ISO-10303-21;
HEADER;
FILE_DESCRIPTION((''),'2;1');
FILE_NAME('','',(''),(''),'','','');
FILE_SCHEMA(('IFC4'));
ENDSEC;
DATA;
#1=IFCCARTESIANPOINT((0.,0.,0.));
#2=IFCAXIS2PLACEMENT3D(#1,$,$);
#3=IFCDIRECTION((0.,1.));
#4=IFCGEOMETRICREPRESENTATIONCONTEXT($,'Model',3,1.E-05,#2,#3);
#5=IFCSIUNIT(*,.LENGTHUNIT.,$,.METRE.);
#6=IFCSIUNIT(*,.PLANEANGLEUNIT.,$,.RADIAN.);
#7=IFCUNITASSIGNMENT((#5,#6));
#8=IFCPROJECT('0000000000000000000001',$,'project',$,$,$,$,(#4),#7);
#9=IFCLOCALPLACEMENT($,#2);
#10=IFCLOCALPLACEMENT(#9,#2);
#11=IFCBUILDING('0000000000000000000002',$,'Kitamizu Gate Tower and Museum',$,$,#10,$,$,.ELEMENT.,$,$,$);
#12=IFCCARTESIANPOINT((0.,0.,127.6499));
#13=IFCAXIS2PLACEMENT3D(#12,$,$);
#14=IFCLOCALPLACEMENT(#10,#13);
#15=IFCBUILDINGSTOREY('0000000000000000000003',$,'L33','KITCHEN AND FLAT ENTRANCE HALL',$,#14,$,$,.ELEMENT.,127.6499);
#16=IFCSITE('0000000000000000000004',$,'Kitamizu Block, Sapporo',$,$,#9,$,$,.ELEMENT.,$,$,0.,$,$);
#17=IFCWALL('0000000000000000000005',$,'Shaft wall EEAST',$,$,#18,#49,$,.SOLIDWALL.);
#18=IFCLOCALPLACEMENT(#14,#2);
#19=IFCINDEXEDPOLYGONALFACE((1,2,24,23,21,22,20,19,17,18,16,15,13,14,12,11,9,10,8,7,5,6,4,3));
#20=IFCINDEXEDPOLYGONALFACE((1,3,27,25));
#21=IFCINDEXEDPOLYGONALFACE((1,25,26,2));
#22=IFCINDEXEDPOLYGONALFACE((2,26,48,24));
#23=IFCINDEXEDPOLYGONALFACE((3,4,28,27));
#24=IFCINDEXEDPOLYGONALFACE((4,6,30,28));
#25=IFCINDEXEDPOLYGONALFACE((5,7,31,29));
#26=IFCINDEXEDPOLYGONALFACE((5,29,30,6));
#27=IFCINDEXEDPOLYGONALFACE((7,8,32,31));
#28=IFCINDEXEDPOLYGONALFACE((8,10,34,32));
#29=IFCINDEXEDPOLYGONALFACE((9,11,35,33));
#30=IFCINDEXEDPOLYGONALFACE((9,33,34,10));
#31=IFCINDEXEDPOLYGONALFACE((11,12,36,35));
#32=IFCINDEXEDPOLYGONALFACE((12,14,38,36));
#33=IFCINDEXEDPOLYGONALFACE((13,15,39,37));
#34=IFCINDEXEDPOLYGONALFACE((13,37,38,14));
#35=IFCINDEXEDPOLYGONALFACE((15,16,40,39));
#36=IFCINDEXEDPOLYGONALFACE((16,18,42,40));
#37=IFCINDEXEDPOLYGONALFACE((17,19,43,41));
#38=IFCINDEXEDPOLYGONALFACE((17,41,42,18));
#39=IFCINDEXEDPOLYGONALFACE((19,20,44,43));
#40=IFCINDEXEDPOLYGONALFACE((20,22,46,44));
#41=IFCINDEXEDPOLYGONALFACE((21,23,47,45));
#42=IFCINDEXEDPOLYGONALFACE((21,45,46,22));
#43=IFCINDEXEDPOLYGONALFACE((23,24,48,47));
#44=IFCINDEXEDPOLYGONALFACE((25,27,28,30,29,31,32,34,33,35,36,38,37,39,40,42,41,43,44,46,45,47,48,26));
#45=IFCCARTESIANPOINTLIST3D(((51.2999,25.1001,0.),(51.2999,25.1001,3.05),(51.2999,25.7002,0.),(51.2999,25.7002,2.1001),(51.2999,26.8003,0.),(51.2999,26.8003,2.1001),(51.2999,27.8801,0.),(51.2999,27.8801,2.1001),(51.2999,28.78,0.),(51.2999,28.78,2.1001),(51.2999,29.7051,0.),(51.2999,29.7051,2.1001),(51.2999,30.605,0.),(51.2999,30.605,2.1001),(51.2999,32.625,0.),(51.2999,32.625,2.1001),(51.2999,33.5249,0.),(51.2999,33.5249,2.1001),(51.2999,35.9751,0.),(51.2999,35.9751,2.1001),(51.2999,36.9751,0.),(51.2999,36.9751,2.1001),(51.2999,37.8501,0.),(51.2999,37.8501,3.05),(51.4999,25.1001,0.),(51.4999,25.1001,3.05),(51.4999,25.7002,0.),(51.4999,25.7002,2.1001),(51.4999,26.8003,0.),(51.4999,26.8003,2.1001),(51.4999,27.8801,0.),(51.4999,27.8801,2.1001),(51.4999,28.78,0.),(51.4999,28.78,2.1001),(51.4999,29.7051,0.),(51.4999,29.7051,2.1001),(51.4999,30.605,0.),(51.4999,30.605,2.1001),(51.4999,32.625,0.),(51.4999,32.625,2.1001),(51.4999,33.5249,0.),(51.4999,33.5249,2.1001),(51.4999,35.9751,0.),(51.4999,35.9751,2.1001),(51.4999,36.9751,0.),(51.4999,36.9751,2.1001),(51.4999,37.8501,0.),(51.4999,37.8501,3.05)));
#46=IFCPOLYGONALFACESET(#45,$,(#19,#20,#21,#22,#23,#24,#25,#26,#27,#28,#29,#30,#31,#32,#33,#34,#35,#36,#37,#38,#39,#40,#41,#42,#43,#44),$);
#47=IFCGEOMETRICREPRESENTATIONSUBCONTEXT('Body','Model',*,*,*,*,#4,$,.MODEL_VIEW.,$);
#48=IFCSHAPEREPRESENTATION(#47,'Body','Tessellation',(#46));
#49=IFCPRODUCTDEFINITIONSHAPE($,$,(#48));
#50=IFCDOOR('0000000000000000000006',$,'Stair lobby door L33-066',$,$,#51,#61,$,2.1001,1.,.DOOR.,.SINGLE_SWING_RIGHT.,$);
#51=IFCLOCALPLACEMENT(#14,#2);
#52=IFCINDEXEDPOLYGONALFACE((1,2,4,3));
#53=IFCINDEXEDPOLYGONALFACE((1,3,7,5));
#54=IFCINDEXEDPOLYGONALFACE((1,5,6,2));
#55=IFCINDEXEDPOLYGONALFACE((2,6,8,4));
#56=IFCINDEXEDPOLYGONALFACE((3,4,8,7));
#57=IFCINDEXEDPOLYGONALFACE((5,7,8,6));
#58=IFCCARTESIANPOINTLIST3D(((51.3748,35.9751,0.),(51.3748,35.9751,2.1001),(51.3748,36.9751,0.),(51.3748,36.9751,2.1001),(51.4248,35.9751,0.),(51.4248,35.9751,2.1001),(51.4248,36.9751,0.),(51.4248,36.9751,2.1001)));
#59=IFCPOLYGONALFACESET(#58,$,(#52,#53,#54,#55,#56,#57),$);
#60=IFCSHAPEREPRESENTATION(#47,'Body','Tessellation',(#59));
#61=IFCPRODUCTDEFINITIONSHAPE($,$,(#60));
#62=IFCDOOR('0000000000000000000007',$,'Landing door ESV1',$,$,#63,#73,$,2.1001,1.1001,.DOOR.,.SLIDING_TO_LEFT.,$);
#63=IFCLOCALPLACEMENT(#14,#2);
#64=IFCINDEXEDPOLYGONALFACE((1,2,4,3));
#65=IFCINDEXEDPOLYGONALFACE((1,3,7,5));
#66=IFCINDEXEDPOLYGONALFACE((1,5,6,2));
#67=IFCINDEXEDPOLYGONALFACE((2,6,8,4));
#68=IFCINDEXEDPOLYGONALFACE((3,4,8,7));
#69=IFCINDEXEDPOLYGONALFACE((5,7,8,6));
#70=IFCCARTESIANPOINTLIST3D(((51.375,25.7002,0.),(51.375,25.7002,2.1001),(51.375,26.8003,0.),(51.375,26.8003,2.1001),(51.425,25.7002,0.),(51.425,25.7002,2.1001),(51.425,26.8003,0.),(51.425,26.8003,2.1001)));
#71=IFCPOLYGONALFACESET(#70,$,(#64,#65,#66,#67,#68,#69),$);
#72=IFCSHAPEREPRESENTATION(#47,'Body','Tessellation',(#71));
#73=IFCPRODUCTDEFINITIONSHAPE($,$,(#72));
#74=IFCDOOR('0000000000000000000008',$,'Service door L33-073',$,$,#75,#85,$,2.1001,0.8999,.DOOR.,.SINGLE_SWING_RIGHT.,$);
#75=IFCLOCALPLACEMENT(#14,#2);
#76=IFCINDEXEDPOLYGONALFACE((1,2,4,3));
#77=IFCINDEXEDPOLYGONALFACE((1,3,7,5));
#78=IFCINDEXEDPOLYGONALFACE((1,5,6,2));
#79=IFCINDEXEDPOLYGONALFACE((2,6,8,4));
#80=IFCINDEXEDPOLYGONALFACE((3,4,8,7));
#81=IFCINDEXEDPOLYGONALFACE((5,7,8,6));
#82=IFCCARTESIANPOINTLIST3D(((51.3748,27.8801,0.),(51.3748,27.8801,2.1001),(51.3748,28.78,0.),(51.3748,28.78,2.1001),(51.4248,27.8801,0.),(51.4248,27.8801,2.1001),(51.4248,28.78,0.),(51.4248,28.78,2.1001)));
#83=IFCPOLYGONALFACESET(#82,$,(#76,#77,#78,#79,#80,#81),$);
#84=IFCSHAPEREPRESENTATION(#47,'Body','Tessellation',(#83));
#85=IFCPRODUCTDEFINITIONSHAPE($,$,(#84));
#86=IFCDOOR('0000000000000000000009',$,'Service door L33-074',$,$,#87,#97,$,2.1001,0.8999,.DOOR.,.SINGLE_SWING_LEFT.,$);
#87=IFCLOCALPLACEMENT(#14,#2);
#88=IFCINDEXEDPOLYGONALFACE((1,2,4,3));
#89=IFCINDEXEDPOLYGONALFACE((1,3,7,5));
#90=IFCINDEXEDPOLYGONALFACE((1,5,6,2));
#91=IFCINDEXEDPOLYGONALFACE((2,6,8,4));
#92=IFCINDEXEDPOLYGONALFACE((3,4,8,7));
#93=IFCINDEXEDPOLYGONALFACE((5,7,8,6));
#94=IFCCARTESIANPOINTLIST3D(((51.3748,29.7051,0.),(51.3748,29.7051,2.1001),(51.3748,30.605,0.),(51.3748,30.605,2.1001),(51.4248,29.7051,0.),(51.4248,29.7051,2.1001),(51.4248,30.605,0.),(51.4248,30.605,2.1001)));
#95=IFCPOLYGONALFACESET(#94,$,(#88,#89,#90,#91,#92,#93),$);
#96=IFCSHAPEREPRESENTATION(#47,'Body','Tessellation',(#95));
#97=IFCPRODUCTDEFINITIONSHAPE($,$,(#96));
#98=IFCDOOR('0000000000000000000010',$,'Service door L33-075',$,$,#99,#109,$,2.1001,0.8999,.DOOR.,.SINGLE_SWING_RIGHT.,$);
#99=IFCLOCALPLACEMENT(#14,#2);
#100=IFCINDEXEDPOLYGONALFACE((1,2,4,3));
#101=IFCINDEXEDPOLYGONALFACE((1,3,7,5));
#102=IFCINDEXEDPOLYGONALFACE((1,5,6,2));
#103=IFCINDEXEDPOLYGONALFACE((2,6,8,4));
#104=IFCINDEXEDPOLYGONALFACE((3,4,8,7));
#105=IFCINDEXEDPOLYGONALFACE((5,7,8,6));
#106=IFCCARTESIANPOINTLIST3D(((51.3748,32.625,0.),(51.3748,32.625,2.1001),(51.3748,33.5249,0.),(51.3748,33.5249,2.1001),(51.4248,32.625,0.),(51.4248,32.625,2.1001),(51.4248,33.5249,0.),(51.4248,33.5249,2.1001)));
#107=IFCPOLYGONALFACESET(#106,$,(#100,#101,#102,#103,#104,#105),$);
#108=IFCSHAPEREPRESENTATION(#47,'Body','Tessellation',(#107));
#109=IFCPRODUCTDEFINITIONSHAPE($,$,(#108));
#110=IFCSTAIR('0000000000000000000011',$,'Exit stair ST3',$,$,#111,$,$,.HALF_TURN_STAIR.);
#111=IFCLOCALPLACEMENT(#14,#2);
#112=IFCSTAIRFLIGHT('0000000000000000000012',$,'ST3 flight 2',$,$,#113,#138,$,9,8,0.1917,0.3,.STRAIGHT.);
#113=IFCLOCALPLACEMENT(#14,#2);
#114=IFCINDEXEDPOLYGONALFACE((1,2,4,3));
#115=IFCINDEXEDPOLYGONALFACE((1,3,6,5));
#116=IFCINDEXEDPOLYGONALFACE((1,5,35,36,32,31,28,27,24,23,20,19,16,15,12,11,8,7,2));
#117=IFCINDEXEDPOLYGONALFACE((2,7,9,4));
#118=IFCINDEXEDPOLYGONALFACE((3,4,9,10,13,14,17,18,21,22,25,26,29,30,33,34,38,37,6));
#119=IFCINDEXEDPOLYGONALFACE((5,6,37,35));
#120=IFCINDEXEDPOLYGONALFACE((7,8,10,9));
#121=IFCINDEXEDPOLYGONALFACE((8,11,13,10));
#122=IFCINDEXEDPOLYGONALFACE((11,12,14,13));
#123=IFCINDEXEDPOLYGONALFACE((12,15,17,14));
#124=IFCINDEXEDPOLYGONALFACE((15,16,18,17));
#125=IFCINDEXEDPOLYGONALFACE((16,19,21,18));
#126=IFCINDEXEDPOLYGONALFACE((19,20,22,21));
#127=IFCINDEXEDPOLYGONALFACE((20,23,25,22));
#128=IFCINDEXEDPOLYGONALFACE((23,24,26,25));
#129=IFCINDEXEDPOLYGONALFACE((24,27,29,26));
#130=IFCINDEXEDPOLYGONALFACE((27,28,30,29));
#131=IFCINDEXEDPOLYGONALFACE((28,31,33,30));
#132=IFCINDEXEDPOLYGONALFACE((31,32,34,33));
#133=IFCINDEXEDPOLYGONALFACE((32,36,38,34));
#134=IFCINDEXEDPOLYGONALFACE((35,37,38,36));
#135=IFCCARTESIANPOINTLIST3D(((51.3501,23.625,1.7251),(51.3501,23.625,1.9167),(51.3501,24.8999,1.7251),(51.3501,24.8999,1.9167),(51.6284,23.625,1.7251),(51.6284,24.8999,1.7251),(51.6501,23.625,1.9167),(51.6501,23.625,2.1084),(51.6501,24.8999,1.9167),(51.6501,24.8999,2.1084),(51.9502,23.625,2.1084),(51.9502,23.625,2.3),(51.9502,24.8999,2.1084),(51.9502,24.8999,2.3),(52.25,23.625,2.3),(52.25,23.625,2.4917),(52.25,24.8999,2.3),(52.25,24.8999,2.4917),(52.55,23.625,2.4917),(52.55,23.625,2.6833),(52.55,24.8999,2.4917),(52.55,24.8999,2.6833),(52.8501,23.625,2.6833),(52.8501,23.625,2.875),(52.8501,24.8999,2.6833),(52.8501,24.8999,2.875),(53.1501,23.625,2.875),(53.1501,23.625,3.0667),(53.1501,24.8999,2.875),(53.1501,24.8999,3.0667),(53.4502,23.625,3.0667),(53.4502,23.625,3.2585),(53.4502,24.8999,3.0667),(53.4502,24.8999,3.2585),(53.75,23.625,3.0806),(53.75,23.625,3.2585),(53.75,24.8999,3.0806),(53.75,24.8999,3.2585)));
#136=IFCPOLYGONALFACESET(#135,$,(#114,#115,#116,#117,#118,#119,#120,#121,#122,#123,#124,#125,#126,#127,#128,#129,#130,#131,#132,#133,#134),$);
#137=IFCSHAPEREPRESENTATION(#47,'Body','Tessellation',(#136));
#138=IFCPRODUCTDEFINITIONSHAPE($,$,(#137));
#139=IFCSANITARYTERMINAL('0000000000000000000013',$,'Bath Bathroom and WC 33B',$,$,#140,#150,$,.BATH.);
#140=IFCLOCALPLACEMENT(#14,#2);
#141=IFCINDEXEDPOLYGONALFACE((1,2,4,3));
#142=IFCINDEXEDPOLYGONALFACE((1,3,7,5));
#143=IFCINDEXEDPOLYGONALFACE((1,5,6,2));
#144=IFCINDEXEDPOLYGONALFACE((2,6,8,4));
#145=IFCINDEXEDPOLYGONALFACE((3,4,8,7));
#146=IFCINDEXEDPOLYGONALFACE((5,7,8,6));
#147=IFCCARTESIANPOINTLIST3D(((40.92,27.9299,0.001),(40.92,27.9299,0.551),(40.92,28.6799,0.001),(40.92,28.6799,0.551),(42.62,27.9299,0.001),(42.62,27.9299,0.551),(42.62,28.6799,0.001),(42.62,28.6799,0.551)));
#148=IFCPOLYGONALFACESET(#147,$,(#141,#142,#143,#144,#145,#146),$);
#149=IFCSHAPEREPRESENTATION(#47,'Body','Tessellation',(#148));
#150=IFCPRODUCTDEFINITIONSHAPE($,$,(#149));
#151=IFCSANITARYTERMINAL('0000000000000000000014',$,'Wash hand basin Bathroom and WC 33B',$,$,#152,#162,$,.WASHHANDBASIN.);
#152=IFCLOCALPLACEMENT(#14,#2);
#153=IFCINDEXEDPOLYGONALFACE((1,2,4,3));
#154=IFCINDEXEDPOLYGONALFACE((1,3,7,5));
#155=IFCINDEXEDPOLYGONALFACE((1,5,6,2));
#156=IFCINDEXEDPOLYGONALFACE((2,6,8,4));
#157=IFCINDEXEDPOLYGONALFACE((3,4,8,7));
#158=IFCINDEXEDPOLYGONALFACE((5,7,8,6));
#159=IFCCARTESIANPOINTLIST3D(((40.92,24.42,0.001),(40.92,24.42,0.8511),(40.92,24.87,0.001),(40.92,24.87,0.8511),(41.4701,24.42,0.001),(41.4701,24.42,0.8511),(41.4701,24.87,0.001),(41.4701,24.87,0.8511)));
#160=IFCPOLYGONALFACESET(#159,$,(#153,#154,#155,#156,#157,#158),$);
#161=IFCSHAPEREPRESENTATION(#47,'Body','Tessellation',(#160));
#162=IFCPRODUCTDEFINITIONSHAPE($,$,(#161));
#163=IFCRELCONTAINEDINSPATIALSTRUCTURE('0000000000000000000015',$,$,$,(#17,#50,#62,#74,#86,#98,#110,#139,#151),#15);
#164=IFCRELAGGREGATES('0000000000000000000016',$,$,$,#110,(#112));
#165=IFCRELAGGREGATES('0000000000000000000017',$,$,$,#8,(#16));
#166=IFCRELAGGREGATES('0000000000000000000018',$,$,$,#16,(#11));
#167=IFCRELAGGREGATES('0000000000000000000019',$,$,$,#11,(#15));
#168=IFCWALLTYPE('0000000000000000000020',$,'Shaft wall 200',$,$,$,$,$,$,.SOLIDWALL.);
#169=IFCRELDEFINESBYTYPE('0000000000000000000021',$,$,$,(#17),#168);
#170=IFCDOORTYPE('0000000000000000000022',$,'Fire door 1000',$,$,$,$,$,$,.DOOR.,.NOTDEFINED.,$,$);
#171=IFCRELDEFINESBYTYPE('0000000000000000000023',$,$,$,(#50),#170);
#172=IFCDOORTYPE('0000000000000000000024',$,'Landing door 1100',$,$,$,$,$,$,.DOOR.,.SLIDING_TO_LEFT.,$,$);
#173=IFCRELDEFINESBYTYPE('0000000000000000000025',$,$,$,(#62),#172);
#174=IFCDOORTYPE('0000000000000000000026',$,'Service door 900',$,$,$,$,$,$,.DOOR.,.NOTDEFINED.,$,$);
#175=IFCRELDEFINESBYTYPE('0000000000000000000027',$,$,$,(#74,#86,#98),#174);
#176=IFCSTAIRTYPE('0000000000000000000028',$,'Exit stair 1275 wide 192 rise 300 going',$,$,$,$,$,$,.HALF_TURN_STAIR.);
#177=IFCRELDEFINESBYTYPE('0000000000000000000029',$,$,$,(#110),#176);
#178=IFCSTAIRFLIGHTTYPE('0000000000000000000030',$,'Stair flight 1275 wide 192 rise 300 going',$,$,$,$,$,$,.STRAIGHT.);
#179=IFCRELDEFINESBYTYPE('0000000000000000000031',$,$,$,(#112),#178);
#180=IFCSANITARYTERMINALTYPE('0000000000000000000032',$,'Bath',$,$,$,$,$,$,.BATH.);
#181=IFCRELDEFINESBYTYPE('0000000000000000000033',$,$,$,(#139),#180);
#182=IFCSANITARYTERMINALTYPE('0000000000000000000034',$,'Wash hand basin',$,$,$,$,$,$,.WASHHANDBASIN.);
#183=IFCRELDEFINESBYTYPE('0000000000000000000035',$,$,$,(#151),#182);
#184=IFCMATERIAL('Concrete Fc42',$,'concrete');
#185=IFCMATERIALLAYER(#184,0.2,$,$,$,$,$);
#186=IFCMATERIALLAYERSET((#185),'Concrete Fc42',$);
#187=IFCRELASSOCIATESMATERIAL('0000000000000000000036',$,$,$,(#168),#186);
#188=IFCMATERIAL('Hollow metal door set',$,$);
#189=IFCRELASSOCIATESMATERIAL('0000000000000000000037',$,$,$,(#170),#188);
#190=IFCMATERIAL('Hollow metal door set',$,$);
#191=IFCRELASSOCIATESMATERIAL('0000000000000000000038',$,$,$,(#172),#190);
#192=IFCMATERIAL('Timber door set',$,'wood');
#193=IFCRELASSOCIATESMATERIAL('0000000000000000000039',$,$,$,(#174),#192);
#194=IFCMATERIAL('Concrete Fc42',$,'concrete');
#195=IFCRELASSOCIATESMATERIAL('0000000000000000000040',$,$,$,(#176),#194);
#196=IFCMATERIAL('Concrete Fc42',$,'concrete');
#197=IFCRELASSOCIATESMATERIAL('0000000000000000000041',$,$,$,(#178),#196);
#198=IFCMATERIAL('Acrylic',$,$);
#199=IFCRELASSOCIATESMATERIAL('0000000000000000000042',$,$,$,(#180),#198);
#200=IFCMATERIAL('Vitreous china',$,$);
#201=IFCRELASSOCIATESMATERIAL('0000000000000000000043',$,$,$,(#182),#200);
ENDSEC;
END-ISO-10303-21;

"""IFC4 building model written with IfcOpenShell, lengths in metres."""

from ifc_helpers import new_model, si_unit, direction, frame, frame_2d, origin, origin_2d, place, context, subcontext, project, spatial, polyline, rectangle, outline, extrude, material, layer, layer_set, type_object, element, fill, aggregate, save


model = new_model("IFC4")

# Units and contexts
model_context = context("Model", 3, precision=1e-05, world=origin(), true_north=direction((0.0, 1.0)))
body_context = subcontext(model_context, "Body", "Model", "MODEL_VIEW")
ifc_project = project(units=[si_unit("LENGTHUNIT", "METRE"), si_unit("PLANEANGLEUNIT", "RADIAN")], contexts=[model_context])

# Site, building, storey
site_placement = place(None, origin())
site = spatial("IfcSite", under=ifc_project, at=site_placement, Name="Kitamizu Block, Sapporo", CompositionType="ELEMENT", RefElevation=0.0)
building_placement = place(site_placement, origin())
building = spatial("IfcBuilding", under=site, at=building_placement, Name="Kitamizu Gate Tower and Museum", CompositionType="ELEMENT")
storey_placement = place(building_placement, frame((0.0, 0.0, 127.6499)))
storey = spatial("IfcBuildingStorey", under=building, at=storey_placement, Name="L33", Description="KITCHEN AND FLAT ENTRANCE HALL", CompositionType="ELEMENT", Elevation=127.6499)

# Wall, openings, doors
ifc_material_1 = material(Name="Concrete Fc42", Category="concrete")
ifc_layer_1 = layer(ifc_material_1, 0.2)
ifc_layer_set_1 = layer_set([ifc_layer_1], Name="Concrete Fc42")
wall_type_1 = type_object("IfcWallType", Name="Shaft wall 200", PredefinedType="SOLIDWALL", material=ifc_layer_set_1)
wall_1_placement = place(storey_placement, frame((51.3999, 25.1001, 0.0), z_axis=(0.0, 0.0, 1.0), x_axis=(0.0, 1.0, 0.0)))
wall_1 = element("IfcWall", 1, at=wall_1_placement, inside=storey, type_object=wall_type_1, Name="Shaft wall EEAST", PredefinedType="SOLIDWALL", context=body_context, shape_type="SweptSolid", body=[
    extrude(rectangle(XDim=12.75, YDim=0.2, at=frame_2d((6.375, 0.0))), origin(), (0.0, 0.0, 1.0), 3.05),
])
opening_1_placement = place(wall_1_placement, frame((0.6001, 0.0, 0.0)))
opening_1 = element("IfcOpeningElement", 2, at=opening_1_placement, cuts=wall_1, PredefinedType="OPENING", context=body_context, shape_type="SweptSolid", body=[
    extrude(rectangle(XDim=1.1001, YDim=2.1001, at=frame_2d((0.55, 1.05))), frame((0.0, 0.1099, 0.0), z_axis=(0.0, -1.0, 0.0), x_axis=(1.0, 0.0, 0.0)), (0.0, 0.0, 1.0), 0.22),
])
opening_2_placement = place(wall_1_placement, frame((10.875, 0.0, 0.0)))
opening_2 = element("IfcOpeningElement", 3, at=opening_2_placement, cuts=wall_1, PredefinedType="OPENING", context=body_context, shape_type="SweptSolid", body=[
    extrude(rectangle(XDim=1.0, YDim=2.1001, at=frame_2d((0.5, 1.05))), frame((0.0, 0.1099, 0.0), z_axis=(0.0, -1.0, 0.0), x_axis=(1.0, 0.0, 0.0)), (0.0, 0.0, 1.0), 0.22),
])
opening_3_placement = place(wall_1_placement, frame((2.78, 0.0, 0.0)))
opening_3 = element("IfcOpeningElement", 4, at=opening_3_placement, cuts=wall_1, PredefinedType="OPENING", context=body_context, shape_type="SweptSolid", body=[
    extrude(rectangle(XDim=0.8999, YDim=2.1001, at=frame_2d((0.45, 1.05))), frame((0.0, 0.1099, 0.0), z_axis=(0.0, -1.0, 0.0), x_axis=(1.0, 0.0, 0.0)), (0.0, 0.0, 1.0), 0.22),
])
opening_4_placement = place(wall_1_placement, frame((4.605, 0.0, 0.0)))
opening_4 = element("IfcOpeningElement", 5, at=opening_4_placement, cuts=wall_1, PredefinedType="OPENING", context=body_context, shape_type="SweptSolid", body=[
    extrude(rectangle(XDim=0.8999, YDim=2.1001, at=frame_2d((0.45, 1.05))), frame((0.0, 0.1099, 0.0), z_axis=(0.0, -1.0, 0.0), x_axis=(1.0, 0.0, 0.0)), (0.0, 0.0, 1.0), 0.22),
])
opening_5_placement = place(wall_1_placement, frame((7.5249, 0.0, 0.0)))
opening_5 = element("IfcOpeningElement", 6, at=opening_5_placement, cuts=wall_1, PredefinedType="OPENING", context=body_context, shape_type="SweptSolid", body=[
    extrude(rectangle(XDim=0.8999, YDim=2.1001, at=frame_2d((0.45, 1.05))), frame((0.0, 0.1099, 0.0), z_axis=(0.0, -1.0, 0.0), x_axis=(1.0, 0.0, 0.0)), (0.0, 0.0, 1.0), 0.22),
])
ifc_material_2 = material(Name="Hollow metal door set")
door_type_1 = type_object("IfcDoorType", Name="Fire door 1000", OperationType="NOTDEFINED", PredefinedType="DOOR", material=ifc_material_2)
door_1_placement = place(opening_2_placement, frame((1.0, 0.0, 0.0), x_axis=(-1.0, 0.0, 0.0)))
door_1 = element("IfcDoor", 7, at=door_1_placement, inside=storey, type_object=door_type_1, Name="Stair lobby door L33-066", OperationType="SINGLE_SWING_RIGHT", OverallHeight=2.1001, OverallWidth=1.0, PredefinedType="DOOR", context=body_context, shape_type="SweptSolid", body=[
    extrude(rectangle(XDim=1.0, YDim=2.1001, at=frame_2d((0.5, 1.05))), frame((0.0, 0.0249, 0.0), z_axis=(0.0, -1.0, 0.0), x_axis=(1.0, 0.0, 0.0)), (0.0, 0.0, 1.0), 0.05),
])
fill(opening_2, door_1)
ifc_material_3 = material(Name="Hollow metal door set")
door_type_2 = type_object("IfcDoorType", Name="Landing door 1100", OperationType="SLIDING_TO_LEFT", PredefinedType="DOOR", material=ifc_material_3)
door_2_placement = place(opening_1_placement, origin())
door_2 = element("IfcDoor", 8, at=door_2_placement, inside=storey, type_object=door_type_2, Name="Landing door ESV1", OperationType="SLIDING_TO_LEFT", OverallHeight=2.1001, OverallWidth=1.1001, PredefinedType="DOOR", context=body_context, shape_type="SweptSolid", body=[
    extrude(rectangle(XDim=1.1001, YDim=2.1001, at=frame_2d((0.55, 1.05))), frame((0.0, 0.0249, 0.0), z_axis=(0.0, -1.0, 0.0), x_axis=(1.0, 0.0, 0.0)), (0.0, 0.0, 1.0), 0.05),
])
fill(opening_1, door_2)
ifc_material_4 = material(Name="Timber door set", Category="wood")
door_type_3 = type_object("IfcDoorType", Name="Service door 900", OperationType="NOTDEFINED", PredefinedType="DOOR", material=ifc_material_4)
door_3_placement = place(opening_3_placement, frame((0.8999, 0.0, 0.0), x_axis=(-1.0, 0.0, 0.0)))
door_3 = element("IfcDoor", 9, at=door_3_placement, inside=storey, type_object=door_type_3, Name="Service door L33-073", OperationType="SINGLE_SWING_RIGHT", OverallHeight=2.1001, OverallWidth=0.8999, PredefinedType="DOOR", context=body_context, shape_type="SweptSolid", body=[
    extrude(rectangle(XDim=0.8999, YDim=2.1001, at=frame_2d((0.45, 1.05))), frame((0.0, 0.0249, 0.0), z_axis=(0.0, -1.0, 0.0), x_axis=(1.0, 0.0, 0.0)), (0.0, 0.0, 1.0), 0.05),
])
fill(opening_3, door_3)
door_4_placement = place(opening_4_placement, frame((0.8999, 0.0, 0.0), x_axis=(-1.0, 0.0, 0.0)))
door_4 = element("IfcDoor", 10, at=door_4_placement, inside=storey, type_object=door_type_3, Name="Service door L33-074", OperationType="SINGLE_SWING_LEFT", OverallHeight=2.1001, OverallWidth=0.8999, PredefinedType="DOOR", context=body_context, shape_type="SweptSolid", body=[
    extrude(rectangle(XDim=0.8999, YDim=2.1001, at=frame_2d((0.45, 1.05))), frame((0.0, 0.0249, 0.0), z_axis=(0.0, -1.0, 0.0), x_axis=(1.0, 0.0, 0.0)), (0.0, 0.0, 1.0), 0.05),
])
fill(opening_4, door_4)
door_5_placement = place(opening_5_placement, frame((0.8999, 0.0, 0.0), x_axis=(-1.0, 0.0, 0.0)))
door_5 = element("IfcDoor", 11, at=door_5_placement, inside=storey, type_object=door_type_3, Name="Service door L33-075", OperationType="SINGLE_SWING_RIGHT", OverallHeight=2.1001, OverallWidth=0.8999, PredefinedType="DOOR", context=body_context, shape_type="SweptSolid", body=[
    extrude(rectangle(XDim=0.8999, YDim=2.1001, at=frame_2d((0.45, 1.05))), frame((0.0, 0.0249, 0.0), z_axis=(0.0, -1.0, 0.0), x_axis=(1.0, 0.0, 0.0)), (0.0, 0.0, 1.0), 0.05),
])
fill(opening_5, door_5)

# Stair, stair flight
ifc_material_5 = material(Name="Concrete Fc42", Category="concrete")
stair_type = type_object("IfcStairType", Name="Exit stair 1275 wide 192 rise 300 going", PredefinedType="HALF_TURN_STAIR", material=ifc_material_5)
stair_placement = place(storey_placement, origin())
stair = element("IfcStair", 12, at=stair_placement, inside=storey, type_object=stair_type, Name="Exit stair ST3", PredefinedType="HALF_TURN_STAIR")
ifc_material_6 = material(Name="Concrete Fc42", Category="concrete")
stair_flight_type = type_object("IfcStairFlightType", Name="Stair flight 1275 wide 192 rise 300 going", PredefinedType="STRAIGHT", material=ifc_material_6)
stair_flight_placement = place(storey_placement, frame((51.3501, 24.2625, 1.7251), z_axis=(0.0, 0.0, 1.0), x_axis=(1.0, 0.0, 0.0)))
stair_flight = element("IfcStairFlight", 13, at=stair_flight_placement, type_object=stair_flight_type, Name="ST3 flight 2", NumberOfRisers=9, NumberOfTreads=8, PredefinedType="STRAIGHT", RiserHeight=0.1917, TreadLength=0.3, context=body_context, shape_type="SweptSolid", body=[
    extrude(outline(polyline([(0.0, 0.0), (0.0, 0.1917), (0.3, 0.1917), (0.3, 0.3833), (0.6001, 0.3833), (0.6001, 0.575), (0.8999, 0.575), (0.8999, 0.7666), (1.2, 0.7666), (1.2, 0.9583), (1.5, 0.9583), (1.5, 1.1499), (1.8, 1.1499), (1.8, 1.3416), (2.1001, 1.3416), (2.1001, 1.5334), (2.3999, 1.5334), (2.3999, 1.7251), (2.3999, 1.3555), (0.2783, 0.0), (0.0, 0.0)])), frame((0.0, 0.6375, 0.0), z_axis=(0.0, -1.0, 0.0), x_axis=(1.0, 0.0, 0.0)), (0.0, 0.0, 1.0), 1.2749),
])
aggregate(stair, [stair_flight])

# Sanitary terminals
ifc_material_7 = material(Name="Acrylic")
sanitary_terminal_type_1 = type_object("IfcSanitaryTerminalType", Name="Bath", PredefinedType="BATH", material=ifc_material_7)
sanitary_terminal_1_placement = place(storey_placement, frame((41.77, 28.3049, 0.001), z_axis=(0.0, 0.0, 1.0), x_axis=(1.0, 0.0, 0.0)))
element("IfcSanitaryTerminal", 14, at=sanitary_terminal_1_placement, inside=storey, type_object=sanitary_terminal_type_1, Name="Bath Bathroom and WC 33B", PredefinedType="BATH", context=body_context, shape_type="SweptSolid", body=[
    extrude(rectangle(XDim=1.7, YDim=0.75, at=origin_2d()), origin(), (0.0, 0.0, 1.0), 0.55),
])
ifc_material_8 = material(Name="Vitreous china")
sanitary_terminal_type_2 = type_object("IfcSanitaryTerminalType", Name="Wash hand basin", PredefinedType="WASHHANDBASIN", material=ifc_material_8)
sanitary_terminal_2_placement = place(storey_placement, frame((41.1951, 24.645, 0.001), z_axis=(0.0, 0.0, 1.0), x_axis=(1.0, 0.0, 0.0)))
element("IfcSanitaryTerminal", 15, at=sanitary_terminal_2_placement, inside=storey, type_object=sanitary_terminal_type_2, Name="Wash hand basin Bathroom and WC 33B", PredefinedType="WASHHANDBASIN", context=body_context, shape_type="SweptSolid", body=[
    extrude(rectangle(XDim=0.55, YDim=0.45, at=origin_2d()), origin(), (0.0, 0.0, 1.0), 0.8501),
])

save(model, "model.ifc")
